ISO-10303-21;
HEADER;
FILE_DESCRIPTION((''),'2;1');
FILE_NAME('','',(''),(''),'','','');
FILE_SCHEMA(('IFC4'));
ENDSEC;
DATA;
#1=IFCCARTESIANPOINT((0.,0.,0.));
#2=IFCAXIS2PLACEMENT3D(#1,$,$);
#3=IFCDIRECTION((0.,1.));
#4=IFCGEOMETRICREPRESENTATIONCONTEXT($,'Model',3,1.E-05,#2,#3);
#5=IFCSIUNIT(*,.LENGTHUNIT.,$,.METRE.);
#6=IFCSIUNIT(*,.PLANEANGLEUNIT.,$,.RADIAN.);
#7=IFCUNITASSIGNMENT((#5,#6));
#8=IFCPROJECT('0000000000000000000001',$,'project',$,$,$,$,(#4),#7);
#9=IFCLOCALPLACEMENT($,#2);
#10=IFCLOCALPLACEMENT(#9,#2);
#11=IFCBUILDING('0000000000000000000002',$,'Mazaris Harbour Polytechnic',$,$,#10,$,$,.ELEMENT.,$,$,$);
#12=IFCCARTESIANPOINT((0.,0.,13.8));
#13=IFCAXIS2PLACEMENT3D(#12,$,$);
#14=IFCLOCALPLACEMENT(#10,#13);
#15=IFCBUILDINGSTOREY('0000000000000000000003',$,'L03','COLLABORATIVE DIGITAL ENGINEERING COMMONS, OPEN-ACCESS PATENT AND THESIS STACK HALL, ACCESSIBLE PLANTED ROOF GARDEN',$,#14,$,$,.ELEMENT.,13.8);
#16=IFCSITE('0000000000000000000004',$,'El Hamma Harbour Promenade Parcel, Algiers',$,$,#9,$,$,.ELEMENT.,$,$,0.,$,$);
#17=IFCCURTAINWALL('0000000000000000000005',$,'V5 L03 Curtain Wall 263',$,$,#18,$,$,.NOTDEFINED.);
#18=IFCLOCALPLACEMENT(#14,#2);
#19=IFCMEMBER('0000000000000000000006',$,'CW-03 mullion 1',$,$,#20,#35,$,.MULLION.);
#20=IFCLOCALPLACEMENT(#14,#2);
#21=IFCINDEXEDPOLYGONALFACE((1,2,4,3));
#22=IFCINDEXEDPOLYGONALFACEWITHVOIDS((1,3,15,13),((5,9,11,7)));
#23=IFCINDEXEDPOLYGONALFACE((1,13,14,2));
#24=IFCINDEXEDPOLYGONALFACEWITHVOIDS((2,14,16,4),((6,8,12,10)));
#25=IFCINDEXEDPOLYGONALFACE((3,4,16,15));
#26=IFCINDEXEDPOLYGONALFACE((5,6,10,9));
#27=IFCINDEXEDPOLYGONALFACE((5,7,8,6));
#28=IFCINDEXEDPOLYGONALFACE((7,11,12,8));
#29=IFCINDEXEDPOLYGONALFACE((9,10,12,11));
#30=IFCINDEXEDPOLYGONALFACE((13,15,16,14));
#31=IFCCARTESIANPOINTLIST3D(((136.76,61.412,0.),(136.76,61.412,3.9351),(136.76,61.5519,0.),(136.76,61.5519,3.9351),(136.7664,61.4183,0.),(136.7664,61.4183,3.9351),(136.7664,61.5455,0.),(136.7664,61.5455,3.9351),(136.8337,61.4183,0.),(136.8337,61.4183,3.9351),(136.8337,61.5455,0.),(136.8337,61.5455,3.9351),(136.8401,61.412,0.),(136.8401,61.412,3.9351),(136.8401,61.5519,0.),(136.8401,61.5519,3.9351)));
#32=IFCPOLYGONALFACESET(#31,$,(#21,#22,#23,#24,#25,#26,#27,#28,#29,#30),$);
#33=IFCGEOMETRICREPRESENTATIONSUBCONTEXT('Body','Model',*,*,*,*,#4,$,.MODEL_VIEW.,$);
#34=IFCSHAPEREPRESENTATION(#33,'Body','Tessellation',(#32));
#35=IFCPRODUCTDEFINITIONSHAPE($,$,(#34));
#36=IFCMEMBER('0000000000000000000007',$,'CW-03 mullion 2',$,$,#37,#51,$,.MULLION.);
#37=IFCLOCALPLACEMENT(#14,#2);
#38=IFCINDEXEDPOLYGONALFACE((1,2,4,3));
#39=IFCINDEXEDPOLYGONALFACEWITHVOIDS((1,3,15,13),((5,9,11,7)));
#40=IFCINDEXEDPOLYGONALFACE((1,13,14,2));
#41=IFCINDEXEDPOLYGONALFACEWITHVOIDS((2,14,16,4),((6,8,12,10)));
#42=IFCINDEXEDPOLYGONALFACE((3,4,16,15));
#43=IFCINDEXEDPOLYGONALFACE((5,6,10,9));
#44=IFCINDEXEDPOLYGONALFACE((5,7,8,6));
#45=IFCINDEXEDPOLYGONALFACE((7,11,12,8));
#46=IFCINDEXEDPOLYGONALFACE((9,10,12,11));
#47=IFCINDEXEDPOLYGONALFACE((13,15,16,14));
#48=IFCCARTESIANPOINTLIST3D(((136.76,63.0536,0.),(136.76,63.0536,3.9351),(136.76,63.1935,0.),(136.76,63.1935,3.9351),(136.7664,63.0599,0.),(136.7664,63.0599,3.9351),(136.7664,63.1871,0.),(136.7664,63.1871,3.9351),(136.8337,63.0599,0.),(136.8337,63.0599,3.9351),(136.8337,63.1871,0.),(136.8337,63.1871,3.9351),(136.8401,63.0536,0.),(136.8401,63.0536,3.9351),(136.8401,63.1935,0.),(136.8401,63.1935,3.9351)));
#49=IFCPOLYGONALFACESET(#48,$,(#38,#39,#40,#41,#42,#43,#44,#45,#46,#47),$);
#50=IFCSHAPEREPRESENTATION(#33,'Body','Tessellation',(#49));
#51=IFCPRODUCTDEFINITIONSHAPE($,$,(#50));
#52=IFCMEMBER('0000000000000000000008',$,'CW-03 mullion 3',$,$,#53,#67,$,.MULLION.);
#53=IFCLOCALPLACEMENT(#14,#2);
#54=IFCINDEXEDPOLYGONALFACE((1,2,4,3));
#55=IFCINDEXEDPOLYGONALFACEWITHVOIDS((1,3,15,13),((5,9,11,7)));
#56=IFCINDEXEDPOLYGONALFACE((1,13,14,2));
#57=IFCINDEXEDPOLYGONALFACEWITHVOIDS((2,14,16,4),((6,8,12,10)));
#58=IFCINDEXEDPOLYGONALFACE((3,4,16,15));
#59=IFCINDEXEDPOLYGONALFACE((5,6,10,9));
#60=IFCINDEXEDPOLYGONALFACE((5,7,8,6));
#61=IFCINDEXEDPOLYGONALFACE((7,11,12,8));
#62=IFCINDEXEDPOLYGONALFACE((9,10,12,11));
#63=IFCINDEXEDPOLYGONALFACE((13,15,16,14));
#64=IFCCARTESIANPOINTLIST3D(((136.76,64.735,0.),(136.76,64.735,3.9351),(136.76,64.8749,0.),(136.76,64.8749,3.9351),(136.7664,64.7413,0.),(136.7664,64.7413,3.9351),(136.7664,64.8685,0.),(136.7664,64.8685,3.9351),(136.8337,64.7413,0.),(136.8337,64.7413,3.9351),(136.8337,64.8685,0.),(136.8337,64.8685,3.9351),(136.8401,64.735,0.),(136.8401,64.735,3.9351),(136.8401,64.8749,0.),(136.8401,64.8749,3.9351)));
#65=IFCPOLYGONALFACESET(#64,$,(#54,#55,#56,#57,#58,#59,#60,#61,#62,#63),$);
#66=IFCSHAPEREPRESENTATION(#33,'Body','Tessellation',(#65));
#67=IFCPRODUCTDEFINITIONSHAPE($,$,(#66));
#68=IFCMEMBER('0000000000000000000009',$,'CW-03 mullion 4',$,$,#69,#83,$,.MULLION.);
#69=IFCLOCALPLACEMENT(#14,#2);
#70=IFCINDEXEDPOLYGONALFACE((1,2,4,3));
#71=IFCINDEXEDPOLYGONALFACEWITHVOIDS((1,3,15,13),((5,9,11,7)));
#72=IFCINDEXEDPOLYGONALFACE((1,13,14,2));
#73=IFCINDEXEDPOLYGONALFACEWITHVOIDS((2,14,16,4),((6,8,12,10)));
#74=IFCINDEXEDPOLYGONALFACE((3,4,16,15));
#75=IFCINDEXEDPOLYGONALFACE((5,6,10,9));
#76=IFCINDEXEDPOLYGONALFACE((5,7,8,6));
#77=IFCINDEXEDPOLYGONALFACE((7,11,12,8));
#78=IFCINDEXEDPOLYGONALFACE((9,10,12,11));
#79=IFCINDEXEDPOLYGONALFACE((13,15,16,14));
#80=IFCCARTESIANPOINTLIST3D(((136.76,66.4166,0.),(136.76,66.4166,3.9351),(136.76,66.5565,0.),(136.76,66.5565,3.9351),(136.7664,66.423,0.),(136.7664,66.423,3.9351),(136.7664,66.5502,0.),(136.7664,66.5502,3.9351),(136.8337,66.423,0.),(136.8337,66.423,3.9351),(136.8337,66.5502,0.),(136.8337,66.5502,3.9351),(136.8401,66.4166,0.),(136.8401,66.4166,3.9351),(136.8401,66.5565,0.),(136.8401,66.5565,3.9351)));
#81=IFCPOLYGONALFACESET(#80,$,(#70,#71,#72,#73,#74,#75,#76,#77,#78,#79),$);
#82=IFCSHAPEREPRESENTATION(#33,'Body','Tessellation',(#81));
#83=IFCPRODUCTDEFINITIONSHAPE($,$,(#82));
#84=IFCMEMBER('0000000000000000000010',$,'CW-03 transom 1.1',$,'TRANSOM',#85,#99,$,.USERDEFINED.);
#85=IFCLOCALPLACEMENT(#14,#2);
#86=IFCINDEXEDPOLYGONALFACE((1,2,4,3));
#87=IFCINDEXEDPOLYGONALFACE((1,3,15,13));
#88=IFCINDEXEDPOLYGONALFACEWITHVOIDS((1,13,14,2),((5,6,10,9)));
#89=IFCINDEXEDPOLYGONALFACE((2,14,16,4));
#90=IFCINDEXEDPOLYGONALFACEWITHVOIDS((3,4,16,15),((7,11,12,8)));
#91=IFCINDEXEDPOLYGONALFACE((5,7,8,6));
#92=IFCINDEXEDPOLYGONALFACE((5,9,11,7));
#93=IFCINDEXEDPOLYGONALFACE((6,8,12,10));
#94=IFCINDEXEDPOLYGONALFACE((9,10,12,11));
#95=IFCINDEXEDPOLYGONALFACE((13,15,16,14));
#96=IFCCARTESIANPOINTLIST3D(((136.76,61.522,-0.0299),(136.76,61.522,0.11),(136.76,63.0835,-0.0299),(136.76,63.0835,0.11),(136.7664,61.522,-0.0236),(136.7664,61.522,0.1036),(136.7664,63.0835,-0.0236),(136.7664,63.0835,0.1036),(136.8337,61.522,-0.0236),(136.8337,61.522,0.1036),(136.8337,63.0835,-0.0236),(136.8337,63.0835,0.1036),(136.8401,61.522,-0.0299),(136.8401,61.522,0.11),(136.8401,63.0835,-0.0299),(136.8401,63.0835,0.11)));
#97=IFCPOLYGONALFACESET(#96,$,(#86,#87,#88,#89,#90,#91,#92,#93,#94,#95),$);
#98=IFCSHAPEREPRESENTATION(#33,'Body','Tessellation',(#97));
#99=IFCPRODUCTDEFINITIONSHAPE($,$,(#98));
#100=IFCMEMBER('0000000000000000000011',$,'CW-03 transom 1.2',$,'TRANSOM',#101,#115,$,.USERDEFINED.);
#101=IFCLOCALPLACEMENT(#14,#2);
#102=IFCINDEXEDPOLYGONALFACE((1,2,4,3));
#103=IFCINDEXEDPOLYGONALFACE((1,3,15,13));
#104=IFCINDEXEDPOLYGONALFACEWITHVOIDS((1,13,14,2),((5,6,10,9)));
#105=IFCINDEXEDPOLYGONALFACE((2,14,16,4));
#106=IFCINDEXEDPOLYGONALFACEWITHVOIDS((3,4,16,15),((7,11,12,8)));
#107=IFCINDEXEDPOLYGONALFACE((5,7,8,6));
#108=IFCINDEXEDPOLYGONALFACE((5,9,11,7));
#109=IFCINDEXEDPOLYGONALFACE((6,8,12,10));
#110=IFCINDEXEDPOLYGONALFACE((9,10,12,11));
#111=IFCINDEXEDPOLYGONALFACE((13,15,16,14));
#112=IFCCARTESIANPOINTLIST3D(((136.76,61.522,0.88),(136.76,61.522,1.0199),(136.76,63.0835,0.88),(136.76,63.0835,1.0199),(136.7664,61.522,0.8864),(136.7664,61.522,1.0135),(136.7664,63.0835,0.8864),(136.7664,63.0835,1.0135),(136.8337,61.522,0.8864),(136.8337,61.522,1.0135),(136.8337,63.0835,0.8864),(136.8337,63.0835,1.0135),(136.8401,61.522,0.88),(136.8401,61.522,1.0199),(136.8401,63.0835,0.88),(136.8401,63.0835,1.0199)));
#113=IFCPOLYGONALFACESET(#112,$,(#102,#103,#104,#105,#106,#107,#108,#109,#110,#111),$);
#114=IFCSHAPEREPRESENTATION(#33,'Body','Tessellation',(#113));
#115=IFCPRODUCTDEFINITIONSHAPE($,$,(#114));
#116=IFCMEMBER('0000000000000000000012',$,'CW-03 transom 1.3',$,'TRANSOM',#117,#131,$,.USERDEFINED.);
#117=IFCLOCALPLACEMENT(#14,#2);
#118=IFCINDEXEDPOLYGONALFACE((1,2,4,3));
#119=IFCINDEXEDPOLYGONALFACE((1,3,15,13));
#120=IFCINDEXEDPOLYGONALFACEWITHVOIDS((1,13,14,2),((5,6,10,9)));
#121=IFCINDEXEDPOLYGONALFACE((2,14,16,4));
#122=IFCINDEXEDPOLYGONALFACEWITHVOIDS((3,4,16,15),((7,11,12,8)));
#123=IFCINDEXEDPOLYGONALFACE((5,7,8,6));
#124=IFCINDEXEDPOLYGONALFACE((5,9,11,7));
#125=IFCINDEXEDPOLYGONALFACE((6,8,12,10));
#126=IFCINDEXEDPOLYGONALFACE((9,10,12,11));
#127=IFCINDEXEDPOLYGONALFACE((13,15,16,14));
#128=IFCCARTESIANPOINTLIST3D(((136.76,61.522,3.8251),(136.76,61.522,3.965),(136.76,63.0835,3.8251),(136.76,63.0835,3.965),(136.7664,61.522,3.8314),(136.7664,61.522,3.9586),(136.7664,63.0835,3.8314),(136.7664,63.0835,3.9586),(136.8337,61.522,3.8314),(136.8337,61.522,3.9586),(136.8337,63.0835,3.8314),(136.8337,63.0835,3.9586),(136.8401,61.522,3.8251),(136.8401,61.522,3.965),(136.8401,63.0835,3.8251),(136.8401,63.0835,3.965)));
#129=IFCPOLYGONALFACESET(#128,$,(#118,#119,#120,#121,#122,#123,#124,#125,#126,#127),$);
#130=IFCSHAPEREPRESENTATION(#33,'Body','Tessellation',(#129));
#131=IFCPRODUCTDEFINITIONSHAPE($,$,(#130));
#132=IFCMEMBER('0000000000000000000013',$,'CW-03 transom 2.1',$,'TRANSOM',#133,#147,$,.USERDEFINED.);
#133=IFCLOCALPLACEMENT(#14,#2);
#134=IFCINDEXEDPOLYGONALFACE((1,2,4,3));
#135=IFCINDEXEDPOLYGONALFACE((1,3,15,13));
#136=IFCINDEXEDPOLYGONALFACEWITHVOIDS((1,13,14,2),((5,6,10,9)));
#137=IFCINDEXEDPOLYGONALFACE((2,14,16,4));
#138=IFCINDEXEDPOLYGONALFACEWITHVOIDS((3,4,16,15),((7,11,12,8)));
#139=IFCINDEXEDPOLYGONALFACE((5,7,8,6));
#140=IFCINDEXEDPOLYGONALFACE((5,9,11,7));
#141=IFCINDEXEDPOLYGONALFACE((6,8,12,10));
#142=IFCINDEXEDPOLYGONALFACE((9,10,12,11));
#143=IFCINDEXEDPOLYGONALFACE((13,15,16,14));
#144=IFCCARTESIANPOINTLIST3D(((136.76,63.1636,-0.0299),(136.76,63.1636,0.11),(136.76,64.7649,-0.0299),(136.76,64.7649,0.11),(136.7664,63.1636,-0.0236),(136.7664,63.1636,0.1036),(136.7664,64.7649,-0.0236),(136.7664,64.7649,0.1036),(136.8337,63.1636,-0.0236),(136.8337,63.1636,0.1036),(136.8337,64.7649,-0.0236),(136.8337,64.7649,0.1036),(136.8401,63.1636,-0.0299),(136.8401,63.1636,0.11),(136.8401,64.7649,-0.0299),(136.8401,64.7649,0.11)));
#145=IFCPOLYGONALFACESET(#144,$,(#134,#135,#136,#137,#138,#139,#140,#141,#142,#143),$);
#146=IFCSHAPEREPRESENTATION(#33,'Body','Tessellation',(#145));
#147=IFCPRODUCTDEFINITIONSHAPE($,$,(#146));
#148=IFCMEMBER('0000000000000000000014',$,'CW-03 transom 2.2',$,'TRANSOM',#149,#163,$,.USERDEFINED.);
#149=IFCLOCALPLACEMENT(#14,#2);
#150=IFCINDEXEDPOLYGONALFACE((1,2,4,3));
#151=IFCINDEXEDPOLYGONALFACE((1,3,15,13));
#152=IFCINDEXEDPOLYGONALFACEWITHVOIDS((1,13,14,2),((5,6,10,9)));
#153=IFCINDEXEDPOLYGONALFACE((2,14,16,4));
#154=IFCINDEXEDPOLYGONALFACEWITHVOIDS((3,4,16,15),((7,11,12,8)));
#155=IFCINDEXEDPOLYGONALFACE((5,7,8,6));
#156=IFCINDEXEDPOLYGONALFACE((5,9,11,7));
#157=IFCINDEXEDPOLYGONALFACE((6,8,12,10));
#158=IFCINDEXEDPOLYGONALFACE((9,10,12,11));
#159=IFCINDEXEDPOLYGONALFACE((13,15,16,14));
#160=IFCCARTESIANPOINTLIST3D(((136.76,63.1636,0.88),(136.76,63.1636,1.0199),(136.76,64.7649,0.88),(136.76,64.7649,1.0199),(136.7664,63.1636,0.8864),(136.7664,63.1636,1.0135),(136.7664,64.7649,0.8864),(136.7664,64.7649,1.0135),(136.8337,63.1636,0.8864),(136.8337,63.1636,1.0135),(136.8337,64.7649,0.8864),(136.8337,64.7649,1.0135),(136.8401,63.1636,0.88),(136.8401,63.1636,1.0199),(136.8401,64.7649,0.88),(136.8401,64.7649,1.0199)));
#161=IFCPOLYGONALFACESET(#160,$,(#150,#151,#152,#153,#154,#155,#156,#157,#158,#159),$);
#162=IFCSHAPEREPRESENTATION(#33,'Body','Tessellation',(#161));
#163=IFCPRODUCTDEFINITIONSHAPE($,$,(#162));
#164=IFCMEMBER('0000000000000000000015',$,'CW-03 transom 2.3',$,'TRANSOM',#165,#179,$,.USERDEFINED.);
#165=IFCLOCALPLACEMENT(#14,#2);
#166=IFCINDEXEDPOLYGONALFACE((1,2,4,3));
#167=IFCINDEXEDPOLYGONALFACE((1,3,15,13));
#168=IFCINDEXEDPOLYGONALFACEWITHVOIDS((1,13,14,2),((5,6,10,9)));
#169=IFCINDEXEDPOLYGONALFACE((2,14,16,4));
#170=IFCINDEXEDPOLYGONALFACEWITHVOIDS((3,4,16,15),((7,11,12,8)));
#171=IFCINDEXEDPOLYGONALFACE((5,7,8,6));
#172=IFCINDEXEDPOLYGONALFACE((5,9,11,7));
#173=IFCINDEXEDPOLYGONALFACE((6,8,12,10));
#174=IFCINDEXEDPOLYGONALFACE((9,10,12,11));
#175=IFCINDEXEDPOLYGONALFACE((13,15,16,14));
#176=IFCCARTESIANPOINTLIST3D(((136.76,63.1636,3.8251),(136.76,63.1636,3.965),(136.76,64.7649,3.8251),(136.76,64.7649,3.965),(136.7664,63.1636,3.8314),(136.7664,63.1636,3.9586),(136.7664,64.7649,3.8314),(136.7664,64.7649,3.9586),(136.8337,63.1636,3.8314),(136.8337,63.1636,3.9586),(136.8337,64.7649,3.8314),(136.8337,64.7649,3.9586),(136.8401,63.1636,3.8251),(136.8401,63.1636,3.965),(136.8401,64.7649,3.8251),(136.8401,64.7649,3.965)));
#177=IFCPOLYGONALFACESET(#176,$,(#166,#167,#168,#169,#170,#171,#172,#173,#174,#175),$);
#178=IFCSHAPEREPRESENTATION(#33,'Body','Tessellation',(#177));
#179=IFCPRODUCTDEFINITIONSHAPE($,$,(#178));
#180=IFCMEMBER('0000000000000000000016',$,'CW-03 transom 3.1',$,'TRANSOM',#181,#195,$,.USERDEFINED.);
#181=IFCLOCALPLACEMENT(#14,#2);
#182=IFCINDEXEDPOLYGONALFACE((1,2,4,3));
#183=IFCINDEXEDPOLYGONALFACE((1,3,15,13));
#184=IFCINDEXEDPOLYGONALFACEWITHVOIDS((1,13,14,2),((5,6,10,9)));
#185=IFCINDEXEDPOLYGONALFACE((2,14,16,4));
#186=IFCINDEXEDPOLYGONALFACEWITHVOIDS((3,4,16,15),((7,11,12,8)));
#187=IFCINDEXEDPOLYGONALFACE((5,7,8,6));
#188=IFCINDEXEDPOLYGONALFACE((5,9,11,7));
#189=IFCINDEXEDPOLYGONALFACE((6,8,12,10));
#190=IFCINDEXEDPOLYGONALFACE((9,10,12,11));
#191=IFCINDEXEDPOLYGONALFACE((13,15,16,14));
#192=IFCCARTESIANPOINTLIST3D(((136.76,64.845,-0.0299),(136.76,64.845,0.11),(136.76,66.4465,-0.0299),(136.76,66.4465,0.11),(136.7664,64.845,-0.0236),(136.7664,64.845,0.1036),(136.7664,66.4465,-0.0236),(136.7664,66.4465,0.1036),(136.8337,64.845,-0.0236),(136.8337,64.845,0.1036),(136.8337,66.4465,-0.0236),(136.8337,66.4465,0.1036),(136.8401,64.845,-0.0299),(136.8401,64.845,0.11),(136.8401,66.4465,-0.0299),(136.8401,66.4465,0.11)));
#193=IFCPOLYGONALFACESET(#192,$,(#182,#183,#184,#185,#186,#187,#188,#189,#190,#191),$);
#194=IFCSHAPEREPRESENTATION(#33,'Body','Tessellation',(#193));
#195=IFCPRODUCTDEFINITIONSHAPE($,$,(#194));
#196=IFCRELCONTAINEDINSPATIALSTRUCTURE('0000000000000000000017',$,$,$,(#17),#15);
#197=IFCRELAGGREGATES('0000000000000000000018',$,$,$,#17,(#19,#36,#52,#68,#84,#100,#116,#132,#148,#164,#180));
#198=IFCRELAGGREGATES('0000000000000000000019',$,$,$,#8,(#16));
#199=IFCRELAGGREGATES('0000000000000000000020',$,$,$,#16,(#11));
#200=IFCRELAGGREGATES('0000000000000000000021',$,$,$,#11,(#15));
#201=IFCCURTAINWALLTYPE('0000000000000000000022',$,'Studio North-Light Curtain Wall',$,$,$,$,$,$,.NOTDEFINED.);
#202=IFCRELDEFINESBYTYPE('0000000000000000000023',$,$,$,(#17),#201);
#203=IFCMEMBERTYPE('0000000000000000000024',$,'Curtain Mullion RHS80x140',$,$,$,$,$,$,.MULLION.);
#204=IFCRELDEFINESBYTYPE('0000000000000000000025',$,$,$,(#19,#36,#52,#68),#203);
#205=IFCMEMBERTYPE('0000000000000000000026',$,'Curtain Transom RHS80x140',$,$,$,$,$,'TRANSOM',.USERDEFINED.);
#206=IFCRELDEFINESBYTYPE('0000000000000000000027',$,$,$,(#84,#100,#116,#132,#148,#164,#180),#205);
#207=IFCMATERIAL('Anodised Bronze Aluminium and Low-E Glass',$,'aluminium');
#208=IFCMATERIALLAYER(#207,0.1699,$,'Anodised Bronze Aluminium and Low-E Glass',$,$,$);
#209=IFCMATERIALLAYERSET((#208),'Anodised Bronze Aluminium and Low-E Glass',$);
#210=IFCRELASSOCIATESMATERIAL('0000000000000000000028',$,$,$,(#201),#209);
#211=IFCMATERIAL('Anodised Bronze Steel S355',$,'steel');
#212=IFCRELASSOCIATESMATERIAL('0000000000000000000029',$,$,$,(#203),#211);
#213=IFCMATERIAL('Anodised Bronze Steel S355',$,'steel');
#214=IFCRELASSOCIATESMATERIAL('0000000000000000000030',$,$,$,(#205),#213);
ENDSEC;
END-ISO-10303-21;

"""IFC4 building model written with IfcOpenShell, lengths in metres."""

from ifc_helpers import new_model, si_unit, direction, frame, origin, origin_2d, place, context, subcontext, project, spatial, hollow_rectangle, extrude, material, layer, layer_set, material_profile, profile_set, type_object, element, aggregate, save


model = new_model("IFC4")

# Units and contexts
model_context = context("Model", 3, precision=1e-05, world=origin(), true_north=direction((0.0, 1.0)))
body_context = subcontext(model_context, "Body", "Model", "MODEL_VIEW")
ifc_project = project(units=[si_unit("LENGTHUNIT", "METRE"), si_unit("PLANEANGLEUNIT", "RADIAN")], contexts=[model_context])

# Site, building, storey
site_placement = place(None, origin())
site = spatial("IfcSite", under=ifc_project, at=site_placement, Name="El Hamma Harbour Promenade Parcel, Algiers", CompositionType="ELEMENT", RefElevation=0.0)
building_placement = place(site_placement, origin())
building = spatial("IfcBuilding", under=site, at=building_placement, Name="Mazaris Harbour Polytechnic", CompositionType="ELEMENT")
storey_placement = place(building_placement, frame((0.0, 0.0, 13.8)))
storey = spatial("IfcBuildingStorey", under=building, at=storey_placement, Name="L03", Description="COLLABORATIVE DIGITAL ENGINEERING COMMONS, OPEN-ACCESS PATENT AND THESIS STACK HALL, ACCESSIBLE PLANTED ROOF GARDEN", CompositionType="ELEMENT", Elevation=13.8)

# Curtain wall, members
ifc_material_1 = material(Name="Anodised Bronze Aluminium and Low-E Glass", Category="aluminium")
ifc_layer_1 = layer(ifc_material_1, 0.1699, Name="Anodised Bronze Aluminium and Low-E Glass")
ifc_layer_set_1 = layer_set([ifc_layer_1], Name="Anodised Bronze Aluminium and Low-E Glass")
curtain_wall_type = type_object("IfcCurtainWallType", Name="Studio North-Light Curtain Wall", PredefinedType="NOTDEFINED", material=ifc_layer_set_1)
curtain_wall_placement = place(storey_placement, origin())
curtain_wall = element("IfcCurtainWall", 1, at=curtain_wall_placement, inside=storey, type_object=curtain_wall_type, Name="V5 L03 Curtain Wall 263", PredefinedType="NOTDEFINED")
ifc_material_2 = material(Name="Anodised Bronze Steel S355", Category="steel")
ifc_material_profile_1 = material_profile(ifc_material_2, hollow_rectangle(XDim=0.0801, YDim=0.1399, WallThickness=0.0063, at=origin_2d()), Name="RHS 80x140x6.3")
ifc_profile_set_1 = profile_set([ifc_material_profile_1], Name="Anodised Bronze Steel S355")
member_type_1 = type_object("IfcMemberType", Name="Curtain Mullion RHS80x140", PredefinedType="MULLION", material=ifc_profile_set_1)
member_1_placement = place(storey_placement, frame((136.8, 61.4819, 0.0), z_axis=(0.0, 0.0, 1.0), x_axis=(-1.0, 0.0, 0.0)))
member_1 = element("IfcMember", 2, at=member_1_placement, type_object=member_type_1, Name="CW-03 mullion 1", PredefinedType="MULLION", context=body_context, shape_type="SweptSolid", body=[
    extrude(hollow_rectangle(XDim=0.0801, YDim=0.1399, WallThickness=0.0063, at=origin_2d()), origin(), (0.0, 0.0, 1.0), 3.9351),
])
member_2_placement = place(storey_placement, frame((136.8, 63.1235, 0.0), z_axis=(0.0, 0.0, 1.0), x_axis=(-1.0, 0.0, 0.0)))
member_2 = element("IfcMember", 3, at=member_2_placement, type_object=member_type_1, Name="CW-03 mullion 2", PredefinedType="MULLION", context=body_context, shape_type="SweptSolid", body=[
    extrude(hollow_rectangle(XDim=0.0801, YDim=0.1399, WallThickness=0.0063, at=origin_2d()), origin(), (0.0, 0.0, 1.0), 3.9351),
])
member_3_placement = place(storey_placement, frame((136.8, 64.8049, 0.0), z_axis=(0.0, 0.0, 1.0), x_axis=(-1.0, 0.0, 0.0)))
member_3 = element("IfcMember", 4, at=member_3_placement, type_object=member_type_1, Name="CW-03 mullion 3", PredefinedType="MULLION", context=body_context, shape_type="SweptSolid", body=[
    extrude(hollow_rectangle(XDim=0.0801, YDim=0.1399, WallThickness=0.0063, at=origin_2d()), origin(), (0.0, 0.0, 1.0), 3.9351),
])
member_4_placement = place(storey_placement, frame((136.8, 66.4866, 0.0), z_axis=(0.0, 0.0, 1.0), x_axis=(-1.0, 0.0, 0.0)))
member_4 = element("IfcMember", 5, at=member_4_placement, type_object=member_type_1, Name="CW-03 mullion 4", PredefinedType="MULLION", context=body_context, shape_type="SweptSolid", body=[
    extrude(hollow_rectangle(XDim=0.0801, YDim=0.1399, WallThickness=0.0063, at=origin_2d()), origin(), (0.0, 0.0, 1.0), 3.9351),
])
ifc_material_3 = material(Name="Anodised Bronze Steel S355", Category="steel")
ifc_material_profile_2 = material_profile(ifc_material_3, hollow_rectangle(XDim=0.0801, YDim=0.1399, WallThickness=0.0063, at=origin_2d()), Name="RHS 80x140x6.3")
ifc_profile_set_2 = profile_set([ifc_material_profile_2], Name="Anodised Bronze Steel S355")
member_type_2 = type_object("IfcMemberType", Name="Curtain Transom RHS80x140", ElementType="TRANSOM", PredefinedType="USERDEFINED", material=ifc_profile_set_2)
member_5_placement = place(storey_placement, frame((136.8, 61.522, 0.04), z_axis=(0.0, 1.0, 0.0), x_axis=(-1.0, 0.0, 0.0)))
member_5 = element("IfcMember", 6, at=member_5_placement, type_object=member_type_2, Name="CW-03 transom 1.1", ObjectType="TRANSOM", PredefinedType="USERDEFINED", context=body_context, shape_type="SweptSolid", body=[
    extrude(hollow_rectangle(XDim=0.0801, YDim=0.1399, WallThickness=0.0063, at=origin_2d()), origin(), (0.0, 0.0, 1.0), 1.5615),
])
member_6_placement = place(storey_placement, frame((136.8, 61.522, 0.95), z_axis=(0.0, 1.0, 0.0), x_axis=(-1.0, 0.0, 0.0)))
member_6 = element("IfcMember", 7, at=member_6_placement, type_object=member_type_2, Name="CW-03 transom 1.2", ObjectType="TRANSOM", PredefinedType="USERDEFINED", context=body_context, shape_type="SweptSolid", body=[
    extrude(hollow_rectangle(XDim=0.0801, YDim=0.1399, WallThickness=0.0063, at=origin_2d()), origin(), (0.0, 0.0, 1.0), 1.5615),
])
member_7_placement = place(storey_placement, frame((136.8, 61.522, 3.895), z_axis=(0.0, 1.0, 0.0), x_axis=(-1.0, 0.0, 0.0)))
member_7 = element("IfcMember", 8, at=member_7_placement, type_object=member_type_2, Name="CW-03 transom 1.3", ObjectType="TRANSOM", PredefinedType="USERDEFINED", context=body_context, shape_type="SweptSolid", body=[
    extrude(hollow_rectangle(XDim=0.0801, YDim=0.1399, WallThickness=0.0063, at=origin_2d()), origin(), (0.0, 0.0, 1.0), 1.5615),
])
member_8_placement = place(storey_placement, frame((136.8, 63.1636, 0.04), z_axis=(0.0, 1.0, 0.0), x_axis=(-1.0, 0.0, 0.0)))
member_8 = element("IfcMember", 9, at=member_8_placement, type_object=member_type_2, Name="CW-03 transom 2.1", ObjectType="TRANSOM", PredefinedType="USERDEFINED", context=body_context, shape_type="SweptSolid", body=[
    extrude(hollow_rectangle(XDim=0.0801, YDim=0.1399, WallThickness=0.0063, at=origin_2d()), origin(), (0.0, 0.0, 1.0), 1.6013),
])
member_9_placement = place(storey_placement, frame((136.8, 63.1636, 0.95), z_axis=(0.0, 1.0, 0.0), x_axis=(-1.0, 0.0, 0.0)))
member_9 = element("IfcMember", 10, at=member_9_placement, type_object=member_type_2, Name="CW-03 transom 2.2", ObjectType="TRANSOM", PredefinedType="USERDEFINED", context=body_context, shape_type="SweptSolid", body=[
    extrude(hollow_rectangle(XDim=0.0801, YDim=0.1399, WallThickness=0.0063, at=origin_2d()), origin(), (0.0, 0.0, 1.0), 1.6013),
])
member_10_placement = place(storey_placement, frame((136.8, 63.1636, 3.895), z_axis=(0.0, 1.0, 0.0), x_axis=(-1.0, 0.0, 0.0)))
member_10 = element("IfcMember", 11, at=member_10_placement, type_object=member_type_2, Name="CW-03 transom 2.3", ObjectType="TRANSOM", PredefinedType="USERDEFINED", context=body_context, shape_type="SweptSolid", body=[
    extrude(hollow_rectangle(XDim=0.0801, YDim=0.1399, WallThickness=0.0063, at=origin_2d()), origin(), (0.0, 0.0, 1.0), 1.6013),
])
member_11_placement = place(storey_placement, frame((136.8, 64.845, 0.04), z_axis=(0.0, 1.0, 0.0), x_axis=(-1.0, 0.0, 0.0)))
member_11 = element("IfcMember", 12, at=member_11_placement, type_object=member_type_2, Name="CW-03 transom 3.1", ObjectType="TRANSOM", PredefinedType="USERDEFINED", context=body_context, shape_type="SweptSolid", body=[
    extrude(hollow_rectangle(XDim=0.0801, YDim=0.1399, WallThickness=0.0063, at=origin_2d()), origin(), (0.0, 0.0, 1.0), 1.6016),
])
aggregate(curtain_wall, [member_1, member_2, member_3, member_4, member_5, member_6, member_7, member_8, member_9, member_10, member_11])

save(model, "model.ifc")
